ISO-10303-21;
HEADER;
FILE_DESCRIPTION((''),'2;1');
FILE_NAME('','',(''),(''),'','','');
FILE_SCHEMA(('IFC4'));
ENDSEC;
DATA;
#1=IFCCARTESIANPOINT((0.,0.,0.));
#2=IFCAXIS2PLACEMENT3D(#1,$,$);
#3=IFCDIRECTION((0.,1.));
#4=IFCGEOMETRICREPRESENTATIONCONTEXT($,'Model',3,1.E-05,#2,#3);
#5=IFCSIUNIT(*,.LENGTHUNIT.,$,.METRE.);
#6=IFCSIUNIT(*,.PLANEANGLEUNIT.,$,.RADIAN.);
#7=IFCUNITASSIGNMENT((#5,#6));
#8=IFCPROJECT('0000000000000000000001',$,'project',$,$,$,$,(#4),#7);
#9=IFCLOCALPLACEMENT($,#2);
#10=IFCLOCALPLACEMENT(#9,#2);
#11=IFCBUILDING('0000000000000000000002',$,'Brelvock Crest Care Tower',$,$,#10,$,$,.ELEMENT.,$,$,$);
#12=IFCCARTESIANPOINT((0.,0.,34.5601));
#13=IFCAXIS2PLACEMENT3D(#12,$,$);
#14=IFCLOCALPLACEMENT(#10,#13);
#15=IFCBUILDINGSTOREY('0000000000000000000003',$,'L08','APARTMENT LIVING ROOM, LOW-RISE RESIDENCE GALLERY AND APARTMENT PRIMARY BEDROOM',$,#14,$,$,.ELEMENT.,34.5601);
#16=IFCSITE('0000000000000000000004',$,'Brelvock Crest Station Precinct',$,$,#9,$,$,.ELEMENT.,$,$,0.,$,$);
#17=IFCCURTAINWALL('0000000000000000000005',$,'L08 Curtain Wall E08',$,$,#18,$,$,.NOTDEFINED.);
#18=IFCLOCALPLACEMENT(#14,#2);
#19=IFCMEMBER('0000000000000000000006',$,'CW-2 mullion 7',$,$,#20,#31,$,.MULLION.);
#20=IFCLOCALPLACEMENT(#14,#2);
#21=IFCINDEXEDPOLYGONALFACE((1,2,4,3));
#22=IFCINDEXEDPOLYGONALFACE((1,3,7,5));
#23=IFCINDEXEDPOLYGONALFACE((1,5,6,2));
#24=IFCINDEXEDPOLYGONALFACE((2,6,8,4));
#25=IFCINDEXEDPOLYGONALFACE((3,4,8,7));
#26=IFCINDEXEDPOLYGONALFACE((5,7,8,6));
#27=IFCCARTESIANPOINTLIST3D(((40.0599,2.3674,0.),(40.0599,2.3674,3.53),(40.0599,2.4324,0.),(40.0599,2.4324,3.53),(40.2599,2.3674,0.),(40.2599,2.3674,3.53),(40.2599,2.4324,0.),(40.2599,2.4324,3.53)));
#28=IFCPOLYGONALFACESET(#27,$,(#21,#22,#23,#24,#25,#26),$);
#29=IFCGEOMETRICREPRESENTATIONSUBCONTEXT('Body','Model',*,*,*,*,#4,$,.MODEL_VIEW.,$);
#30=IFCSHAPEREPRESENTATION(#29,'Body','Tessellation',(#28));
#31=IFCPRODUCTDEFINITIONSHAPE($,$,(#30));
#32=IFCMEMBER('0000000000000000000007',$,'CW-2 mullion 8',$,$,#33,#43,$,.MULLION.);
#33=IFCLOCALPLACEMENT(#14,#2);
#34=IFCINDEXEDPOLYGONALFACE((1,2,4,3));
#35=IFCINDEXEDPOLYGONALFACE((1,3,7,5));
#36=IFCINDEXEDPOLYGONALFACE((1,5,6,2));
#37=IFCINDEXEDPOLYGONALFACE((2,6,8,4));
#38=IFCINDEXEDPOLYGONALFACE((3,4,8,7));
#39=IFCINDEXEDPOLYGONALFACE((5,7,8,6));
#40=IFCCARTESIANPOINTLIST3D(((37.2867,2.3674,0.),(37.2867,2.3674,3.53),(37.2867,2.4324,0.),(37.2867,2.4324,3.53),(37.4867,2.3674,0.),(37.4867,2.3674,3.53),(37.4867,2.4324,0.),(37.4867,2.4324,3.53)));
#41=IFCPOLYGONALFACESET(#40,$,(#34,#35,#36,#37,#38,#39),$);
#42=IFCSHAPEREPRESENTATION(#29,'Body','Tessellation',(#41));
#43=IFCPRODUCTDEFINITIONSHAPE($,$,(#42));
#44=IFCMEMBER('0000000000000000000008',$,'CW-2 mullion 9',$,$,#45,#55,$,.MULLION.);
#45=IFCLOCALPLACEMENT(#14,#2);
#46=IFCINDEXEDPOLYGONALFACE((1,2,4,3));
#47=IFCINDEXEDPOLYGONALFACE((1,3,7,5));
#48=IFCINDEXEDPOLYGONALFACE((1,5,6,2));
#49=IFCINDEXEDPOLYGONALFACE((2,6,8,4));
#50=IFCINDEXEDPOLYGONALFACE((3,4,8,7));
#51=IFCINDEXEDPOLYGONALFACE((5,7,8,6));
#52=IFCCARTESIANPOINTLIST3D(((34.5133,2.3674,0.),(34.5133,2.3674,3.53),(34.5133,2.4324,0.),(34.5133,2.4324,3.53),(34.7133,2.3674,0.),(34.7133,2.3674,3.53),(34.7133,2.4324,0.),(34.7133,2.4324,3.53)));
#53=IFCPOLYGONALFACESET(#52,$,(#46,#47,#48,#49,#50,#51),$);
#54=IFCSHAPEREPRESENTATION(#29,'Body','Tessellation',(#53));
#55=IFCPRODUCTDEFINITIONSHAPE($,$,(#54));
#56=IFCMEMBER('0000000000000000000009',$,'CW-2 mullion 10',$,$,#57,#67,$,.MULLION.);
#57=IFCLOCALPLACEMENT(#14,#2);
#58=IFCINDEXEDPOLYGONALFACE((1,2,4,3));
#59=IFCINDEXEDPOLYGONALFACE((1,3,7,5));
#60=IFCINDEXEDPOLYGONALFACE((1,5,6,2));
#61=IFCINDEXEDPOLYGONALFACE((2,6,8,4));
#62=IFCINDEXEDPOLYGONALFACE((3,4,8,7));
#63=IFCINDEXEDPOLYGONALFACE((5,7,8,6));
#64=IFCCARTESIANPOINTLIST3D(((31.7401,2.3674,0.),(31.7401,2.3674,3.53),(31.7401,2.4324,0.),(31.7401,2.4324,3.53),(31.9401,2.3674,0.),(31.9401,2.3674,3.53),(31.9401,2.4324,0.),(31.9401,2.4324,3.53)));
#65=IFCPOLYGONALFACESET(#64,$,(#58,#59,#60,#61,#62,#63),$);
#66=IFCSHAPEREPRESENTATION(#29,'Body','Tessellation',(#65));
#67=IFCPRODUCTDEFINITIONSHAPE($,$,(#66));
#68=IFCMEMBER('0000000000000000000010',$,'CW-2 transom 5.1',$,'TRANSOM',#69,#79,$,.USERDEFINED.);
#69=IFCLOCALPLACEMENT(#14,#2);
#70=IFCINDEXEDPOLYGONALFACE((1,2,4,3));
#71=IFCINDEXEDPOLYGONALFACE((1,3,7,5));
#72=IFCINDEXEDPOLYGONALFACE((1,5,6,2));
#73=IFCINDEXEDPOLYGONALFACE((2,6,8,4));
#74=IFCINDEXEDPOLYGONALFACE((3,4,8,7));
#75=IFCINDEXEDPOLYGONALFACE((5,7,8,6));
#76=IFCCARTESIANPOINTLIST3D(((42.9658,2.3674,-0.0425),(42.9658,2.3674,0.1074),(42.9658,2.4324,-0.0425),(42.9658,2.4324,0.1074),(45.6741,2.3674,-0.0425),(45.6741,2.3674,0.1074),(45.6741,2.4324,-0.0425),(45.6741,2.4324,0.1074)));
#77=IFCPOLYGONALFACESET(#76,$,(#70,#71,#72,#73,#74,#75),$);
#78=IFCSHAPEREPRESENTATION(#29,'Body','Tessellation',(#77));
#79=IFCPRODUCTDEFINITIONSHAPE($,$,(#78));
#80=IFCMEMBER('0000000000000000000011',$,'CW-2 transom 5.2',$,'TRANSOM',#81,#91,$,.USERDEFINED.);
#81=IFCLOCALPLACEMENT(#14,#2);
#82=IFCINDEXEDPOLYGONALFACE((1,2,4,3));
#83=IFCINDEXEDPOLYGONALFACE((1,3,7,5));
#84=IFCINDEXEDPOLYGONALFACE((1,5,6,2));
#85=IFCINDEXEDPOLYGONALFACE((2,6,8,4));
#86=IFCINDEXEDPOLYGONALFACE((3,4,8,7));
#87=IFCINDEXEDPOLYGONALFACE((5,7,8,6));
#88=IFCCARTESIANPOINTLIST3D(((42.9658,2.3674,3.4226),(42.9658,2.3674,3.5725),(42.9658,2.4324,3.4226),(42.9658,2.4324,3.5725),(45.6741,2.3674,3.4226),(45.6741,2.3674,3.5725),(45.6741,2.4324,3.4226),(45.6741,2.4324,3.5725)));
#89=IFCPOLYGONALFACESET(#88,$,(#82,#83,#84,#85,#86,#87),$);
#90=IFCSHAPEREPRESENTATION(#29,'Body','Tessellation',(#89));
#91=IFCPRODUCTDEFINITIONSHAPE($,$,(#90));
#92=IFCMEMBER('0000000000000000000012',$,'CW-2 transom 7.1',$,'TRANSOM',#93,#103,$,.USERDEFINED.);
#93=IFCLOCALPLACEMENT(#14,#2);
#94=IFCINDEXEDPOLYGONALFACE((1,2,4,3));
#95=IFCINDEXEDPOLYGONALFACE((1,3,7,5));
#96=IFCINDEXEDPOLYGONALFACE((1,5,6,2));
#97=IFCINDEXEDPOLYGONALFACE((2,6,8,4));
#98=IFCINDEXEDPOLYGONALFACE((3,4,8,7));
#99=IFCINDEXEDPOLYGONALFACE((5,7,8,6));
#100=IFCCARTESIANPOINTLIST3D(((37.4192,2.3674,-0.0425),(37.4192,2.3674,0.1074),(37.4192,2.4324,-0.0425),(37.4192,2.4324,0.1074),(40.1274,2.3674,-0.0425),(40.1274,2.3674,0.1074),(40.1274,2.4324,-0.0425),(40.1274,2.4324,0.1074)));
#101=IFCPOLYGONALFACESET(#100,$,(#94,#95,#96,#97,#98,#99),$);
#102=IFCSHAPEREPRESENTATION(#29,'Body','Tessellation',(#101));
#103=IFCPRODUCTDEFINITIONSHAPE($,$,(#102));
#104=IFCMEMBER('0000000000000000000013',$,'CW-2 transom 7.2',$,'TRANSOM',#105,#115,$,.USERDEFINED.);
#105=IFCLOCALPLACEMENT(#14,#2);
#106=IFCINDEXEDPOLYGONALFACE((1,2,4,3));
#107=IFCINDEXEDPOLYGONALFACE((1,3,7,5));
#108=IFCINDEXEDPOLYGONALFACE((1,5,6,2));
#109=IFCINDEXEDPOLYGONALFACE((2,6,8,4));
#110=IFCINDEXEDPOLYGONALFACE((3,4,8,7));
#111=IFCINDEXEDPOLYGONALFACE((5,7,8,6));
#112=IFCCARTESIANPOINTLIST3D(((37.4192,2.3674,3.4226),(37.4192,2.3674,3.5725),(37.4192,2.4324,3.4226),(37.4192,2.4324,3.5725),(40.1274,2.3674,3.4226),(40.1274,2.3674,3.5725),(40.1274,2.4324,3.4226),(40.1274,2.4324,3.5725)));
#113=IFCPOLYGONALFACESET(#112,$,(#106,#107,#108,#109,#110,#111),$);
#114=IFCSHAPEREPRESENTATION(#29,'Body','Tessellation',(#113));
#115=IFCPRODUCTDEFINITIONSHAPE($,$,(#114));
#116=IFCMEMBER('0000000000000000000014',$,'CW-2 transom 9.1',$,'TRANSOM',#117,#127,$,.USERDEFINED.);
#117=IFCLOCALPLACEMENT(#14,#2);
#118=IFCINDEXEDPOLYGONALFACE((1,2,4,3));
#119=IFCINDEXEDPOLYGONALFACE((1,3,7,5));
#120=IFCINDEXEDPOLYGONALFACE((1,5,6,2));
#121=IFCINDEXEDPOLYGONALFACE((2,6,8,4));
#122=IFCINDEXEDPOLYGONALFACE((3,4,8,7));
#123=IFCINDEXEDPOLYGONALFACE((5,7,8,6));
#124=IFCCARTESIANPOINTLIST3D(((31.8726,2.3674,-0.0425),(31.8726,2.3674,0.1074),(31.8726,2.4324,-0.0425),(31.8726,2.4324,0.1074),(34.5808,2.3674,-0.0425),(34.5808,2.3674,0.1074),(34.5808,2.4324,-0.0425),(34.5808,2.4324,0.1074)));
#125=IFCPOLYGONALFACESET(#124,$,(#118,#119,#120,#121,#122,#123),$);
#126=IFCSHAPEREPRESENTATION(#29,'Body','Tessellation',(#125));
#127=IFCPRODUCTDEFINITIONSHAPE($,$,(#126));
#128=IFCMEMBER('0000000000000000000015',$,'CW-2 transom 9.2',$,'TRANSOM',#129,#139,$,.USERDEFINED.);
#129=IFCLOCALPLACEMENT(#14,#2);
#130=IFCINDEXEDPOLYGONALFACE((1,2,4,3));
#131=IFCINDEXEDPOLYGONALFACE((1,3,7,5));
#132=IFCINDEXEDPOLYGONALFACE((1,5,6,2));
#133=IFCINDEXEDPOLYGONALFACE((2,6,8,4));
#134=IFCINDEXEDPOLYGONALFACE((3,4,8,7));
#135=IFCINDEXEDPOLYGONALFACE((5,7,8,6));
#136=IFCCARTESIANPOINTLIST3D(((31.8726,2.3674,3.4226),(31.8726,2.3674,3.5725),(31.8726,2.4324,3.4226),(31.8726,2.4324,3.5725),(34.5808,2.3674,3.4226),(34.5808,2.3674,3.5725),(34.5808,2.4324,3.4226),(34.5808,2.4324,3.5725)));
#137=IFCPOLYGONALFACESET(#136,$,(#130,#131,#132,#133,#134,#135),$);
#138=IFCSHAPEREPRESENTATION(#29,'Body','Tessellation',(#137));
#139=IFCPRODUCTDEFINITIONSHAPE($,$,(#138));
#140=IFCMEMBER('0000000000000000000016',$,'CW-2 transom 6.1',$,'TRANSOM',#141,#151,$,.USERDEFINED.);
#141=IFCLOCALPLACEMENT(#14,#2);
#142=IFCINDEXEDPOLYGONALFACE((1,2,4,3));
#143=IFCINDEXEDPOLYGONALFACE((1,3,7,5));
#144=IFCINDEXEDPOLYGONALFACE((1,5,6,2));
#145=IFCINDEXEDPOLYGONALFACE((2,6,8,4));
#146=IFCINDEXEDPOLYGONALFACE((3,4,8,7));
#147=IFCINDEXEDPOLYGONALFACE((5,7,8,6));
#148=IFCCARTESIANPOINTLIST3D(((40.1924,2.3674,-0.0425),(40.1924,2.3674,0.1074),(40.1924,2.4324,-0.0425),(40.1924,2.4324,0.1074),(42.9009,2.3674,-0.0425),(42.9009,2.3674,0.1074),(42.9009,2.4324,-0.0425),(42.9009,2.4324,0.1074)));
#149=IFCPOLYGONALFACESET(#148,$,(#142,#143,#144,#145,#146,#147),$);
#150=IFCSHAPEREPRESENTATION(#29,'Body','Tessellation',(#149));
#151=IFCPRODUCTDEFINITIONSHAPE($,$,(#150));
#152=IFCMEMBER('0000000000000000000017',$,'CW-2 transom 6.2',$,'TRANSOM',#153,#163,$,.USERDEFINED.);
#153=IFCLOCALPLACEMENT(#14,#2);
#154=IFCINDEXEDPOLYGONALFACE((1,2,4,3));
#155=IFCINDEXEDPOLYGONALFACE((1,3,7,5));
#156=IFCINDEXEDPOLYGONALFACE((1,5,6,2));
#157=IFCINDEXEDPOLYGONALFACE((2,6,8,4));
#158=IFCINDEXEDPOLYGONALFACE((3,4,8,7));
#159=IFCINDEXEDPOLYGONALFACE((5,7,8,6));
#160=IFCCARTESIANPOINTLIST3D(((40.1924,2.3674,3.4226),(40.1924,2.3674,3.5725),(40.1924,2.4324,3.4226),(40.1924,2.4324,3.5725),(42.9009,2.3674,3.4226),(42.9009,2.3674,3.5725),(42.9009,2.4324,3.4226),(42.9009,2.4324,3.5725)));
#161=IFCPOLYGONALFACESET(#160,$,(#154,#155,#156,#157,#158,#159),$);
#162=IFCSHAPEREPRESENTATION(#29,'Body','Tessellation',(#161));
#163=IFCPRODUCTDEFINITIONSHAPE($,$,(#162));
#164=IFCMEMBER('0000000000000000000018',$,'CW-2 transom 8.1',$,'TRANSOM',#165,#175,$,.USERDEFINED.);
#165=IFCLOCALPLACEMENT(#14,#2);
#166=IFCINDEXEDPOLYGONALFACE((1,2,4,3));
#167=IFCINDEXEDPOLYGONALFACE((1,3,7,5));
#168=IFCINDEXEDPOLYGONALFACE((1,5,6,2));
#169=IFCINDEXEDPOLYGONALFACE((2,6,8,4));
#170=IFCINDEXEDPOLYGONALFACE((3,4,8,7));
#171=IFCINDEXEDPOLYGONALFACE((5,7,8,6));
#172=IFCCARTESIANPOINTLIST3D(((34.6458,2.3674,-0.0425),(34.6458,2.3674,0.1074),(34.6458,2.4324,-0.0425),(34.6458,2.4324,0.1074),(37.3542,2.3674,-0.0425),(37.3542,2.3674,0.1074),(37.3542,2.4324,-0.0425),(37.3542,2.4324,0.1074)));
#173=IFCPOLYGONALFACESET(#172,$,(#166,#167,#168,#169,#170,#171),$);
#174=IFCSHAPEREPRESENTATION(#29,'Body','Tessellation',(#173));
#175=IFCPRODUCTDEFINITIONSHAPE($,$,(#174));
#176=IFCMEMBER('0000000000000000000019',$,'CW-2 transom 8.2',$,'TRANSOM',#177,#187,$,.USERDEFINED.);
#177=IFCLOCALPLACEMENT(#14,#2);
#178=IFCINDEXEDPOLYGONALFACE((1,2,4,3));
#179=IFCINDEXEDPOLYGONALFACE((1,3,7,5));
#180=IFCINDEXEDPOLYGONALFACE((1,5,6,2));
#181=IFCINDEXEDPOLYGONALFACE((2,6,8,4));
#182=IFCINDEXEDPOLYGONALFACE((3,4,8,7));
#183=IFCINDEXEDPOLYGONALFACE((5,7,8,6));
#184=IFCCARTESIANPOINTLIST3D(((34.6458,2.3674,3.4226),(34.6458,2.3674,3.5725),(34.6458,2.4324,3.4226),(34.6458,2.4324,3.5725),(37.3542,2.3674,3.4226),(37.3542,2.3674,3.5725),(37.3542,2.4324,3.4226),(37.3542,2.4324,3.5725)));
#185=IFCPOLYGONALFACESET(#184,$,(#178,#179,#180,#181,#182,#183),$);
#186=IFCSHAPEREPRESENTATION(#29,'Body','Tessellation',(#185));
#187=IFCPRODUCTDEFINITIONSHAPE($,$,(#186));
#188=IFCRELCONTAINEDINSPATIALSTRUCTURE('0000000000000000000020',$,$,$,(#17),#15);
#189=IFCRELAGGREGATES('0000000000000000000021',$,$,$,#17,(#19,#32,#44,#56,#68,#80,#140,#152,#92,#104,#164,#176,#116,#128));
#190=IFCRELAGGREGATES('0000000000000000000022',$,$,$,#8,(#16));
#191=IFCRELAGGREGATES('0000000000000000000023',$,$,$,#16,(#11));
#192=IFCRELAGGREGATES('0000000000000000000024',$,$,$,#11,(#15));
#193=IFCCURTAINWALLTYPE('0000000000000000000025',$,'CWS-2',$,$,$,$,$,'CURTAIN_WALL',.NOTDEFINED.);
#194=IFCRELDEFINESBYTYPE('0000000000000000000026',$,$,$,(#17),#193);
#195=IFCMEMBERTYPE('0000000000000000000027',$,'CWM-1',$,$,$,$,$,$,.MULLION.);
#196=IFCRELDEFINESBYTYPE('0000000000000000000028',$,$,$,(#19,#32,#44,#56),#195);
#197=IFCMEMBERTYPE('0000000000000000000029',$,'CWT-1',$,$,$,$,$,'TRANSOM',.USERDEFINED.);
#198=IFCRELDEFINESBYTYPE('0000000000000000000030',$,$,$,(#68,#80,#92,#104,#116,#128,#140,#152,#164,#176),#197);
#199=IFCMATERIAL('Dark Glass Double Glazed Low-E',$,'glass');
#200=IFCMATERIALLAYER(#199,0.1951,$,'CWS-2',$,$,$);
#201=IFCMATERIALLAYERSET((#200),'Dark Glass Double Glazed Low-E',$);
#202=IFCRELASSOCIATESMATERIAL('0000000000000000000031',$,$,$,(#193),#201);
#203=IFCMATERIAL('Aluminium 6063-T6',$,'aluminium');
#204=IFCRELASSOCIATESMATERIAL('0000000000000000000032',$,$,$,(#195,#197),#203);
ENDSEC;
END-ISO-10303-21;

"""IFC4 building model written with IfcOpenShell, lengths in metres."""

from ifc_helpers import new_model, si_unit, direction, frame, origin, origin_2d, place, context, subcontext, project, spatial, rectangle, extrude, source, transform, mapped, material, layer, layer_set, material_profile, profile_set, type_object, element, aggregate, save


model = new_model("IFC4")

# Units and contexts
model_context = context("Model", 3, precision=1e-05, world=origin(), true_north=direction((0.0, 1.0)))
body_context = subcontext(model_context, "Body", "Model", "MODEL_VIEW")
ifc_project = project(units=[si_unit("LENGTHUNIT", "METRE"), si_unit("PLANEANGLEUNIT", "RADIAN")], contexts=[model_context])

# Site, building, storey
site_placement = place(None, origin())
site = spatial("IfcSite", under=ifc_project, at=site_placement, Name="Brelvock Crest Station Precinct", CompositionType="ELEMENT", RefElevation=0.0)
building_placement = place(site_placement, origin())
building = spatial("IfcBuilding", under=site, at=building_placement, Name="Brelvock Crest Care Tower", CompositionType="ELEMENT")
storey_placement = place(building_placement, frame((0.0, 0.0, 34.5601)))
storey = spatial("IfcBuildingStorey", under=building, at=storey_placement, Name="L08", Description="APARTMENT LIVING ROOM, LOW-RISE RESIDENCE GALLERY AND APARTMENT PRIMARY BEDROOM", CompositionType="ELEMENT", Elevation=34.5601)

# Curtain wall, members
ifc_material_1 = material(Name="Dark Glass Double Glazed Low-E", Category="glass")
ifc_layer_1 = layer(ifc_material_1, 0.1951, Name="CWS-2")
ifc_layer_set_1 = layer_set([ifc_layer_1], Name="Dark Glass Double Glazed Low-E")
curtain_wall_type = type_object("IfcCurtainWallType", Name="CWS-2", ElementType="CURTAIN_WALL", PredefinedType="NOTDEFINED", material=ifc_layer_set_1)
curtain_wall_placement = place(storey_placement, origin())
curtain_wall = element("IfcCurtainWall", 1, at=curtain_wall_placement, inside=storey, type_object=curtain_wall_type, Name="L08 Curtain Wall E08", PredefinedType="NOTDEFINED")
ifc_material_2 = material(Name="Aluminium 6063-T6", Category="aluminium")
ifc_material_profile_1 = material_profile(ifc_material_2, rectangle(XDim=0.0649, YDim=0.2, at=origin_2d()), Name="ALU65x200")
ifc_profile_set_1 = profile_set([ifc_material_profile_1], Name="Aluminium 6063-T6")
member_type_1 = type_object("IfcMemberType", Name="CWM-1", PredefinedType="MULLION", material=ifc_profile_set_1)
shared_shape_1 = source(origin(), body_context, "Body", "SweptSolid", [
    extrude(rectangle(XDim=0.0649, YDim=0.2, at=origin_2d()), origin(), (0.0, 0.0, 1.0), 3.53),
])
member_1_placement = place(storey_placement, frame((40.1599, 2.3999, 0.0), z_axis=(0.0, 0.0, 1.0), x_axis=(0.0, -1.0, 0.0)))
member_1 = element("IfcMember", 2, at=member_1_placement, type_object=member_type_1, Name="CW-2 mullion 7", PredefinedType="MULLION", context=body_context, shape_type="MappedRepresentation", body=[
    mapped(shared_shape_1, transform((0.0, 0.0, 0.0), x_axis=(1.0, 0.0, 0.0), y_axis=(0.0, 1.0, 0.0), z_axis=(0.0, 0.0, 1.0), scale=1.0)),
])
member_2_placement = place(storey_placement, frame((37.3867, 2.3999, 0.0), z_axis=(0.0, 0.0, 1.0), x_axis=(0.0, -1.0, 0.0)))
member_2 = element("IfcMember", 3, at=member_2_placement, type_object=member_type_1, Name="CW-2 mullion 8", PredefinedType="MULLION", context=body_context, shape_type="MappedRepresentation", body=[
    mapped(shared_shape_1, transform((0.0, 0.0, 0.0), x_axis=(1.0, 0.0, 0.0), y_axis=(0.0, 1.0, 0.0), z_axis=(0.0, 0.0, 1.0), scale=1.0)),
])
member_3_placement = place(storey_placement, frame((34.6133, 2.3999, 0.0), z_axis=(0.0, 0.0, 1.0), x_axis=(0.0, -1.0, 0.0)))
member_3 = element("IfcMember", 4, at=member_3_placement, type_object=member_type_1, Name="CW-2 mullion 9", PredefinedType="MULLION", context=body_context, shape_type="MappedRepresentation", body=[
    mapped(shared_shape_1, transform((0.0, 0.0, 0.0), x_axis=(1.0, 0.0, 0.0), y_axis=(0.0, 1.0, 0.0), z_axis=(0.0, 0.0, 1.0), scale=1.0)),
])
member_4_placement = place(storey_placement, frame((31.8401, 2.3999, 0.0), z_axis=(0.0, 0.0, 1.0), x_axis=(0.0, -1.0, 0.0)))
member_4 = element("IfcMember", 5, at=member_4_placement, type_object=member_type_1, Name="CW-2 mullion 10", PredefinedType="MULLION", context=body_context, shape_type="MappedRepresentation", body=[
    mapped(shared_shape_1, transform((0.0, 0.0, 0.0), x_axis=(1.0, 0.0, 0.0), y_axis=(0.0, 1.0, 0.0), z_axis=(0.0, 0.0, 1.0), scale=1.0)),
])
ifc_material_profile_2 = material_profile(ifc_material_2, rectangle(XDim=0.0649, YDim=0.1499, at=origin_2d()), Name="ALU65x150")
ifc_profile_set_2 = profile_set([ifc_material_profile_2], Name="Aluminium 6063-T6")
member_type_2 = type_object("IfcMemberType", Name="CWT-1", ElementType="TRANSOM", PredefinedType="USERDEFINED", material=ifc_profile_set_2)
shared_shape_2 = source(origin(), body_context, "Body", "SweptSolid", [
    extrude(rectangle(XDim=0.0649, YDim=0.1499, at=origin_2d()), origin(), (0.0, 0.0, 1.0), 2.7083),
])
member_5_placement = place(storey_placement, frame((45.6741, 2.3999, 0.0325), z_axis=(-1.0, 0.0, 0.0), x_axis=(0.0, -1.0, 0.0)))
member_5 = element("IfcMember", 6, at=member_5_placement, type_object=member_type_2, Name="CW-2 transom 5.1", ObjectType="TRANSOM", PredefinedType="USERDEFINED", context=body_context, shape_type="MappedRepresentation", body=[
    mapped(shared_shape_2, transform((0.0, 0.0, 0.0), x_axis=(1.0, 0.0, 0.0), y_axis=(0.0, 1.0, 0.0), z_axis=(0.0, 0.0, 1.0), scale=1.0)),
])
member_6_placement = place(storey_placement, frame((45.6741, 2.3999, 3.4976), z_axis=(-1.0, 0.0, 0.0), x_axis=(0.0, -1.0, 0.0)))
member_6 = element("IfcMember", 7, at=member_6_placement, type_object=member_type_2, Name="CW-2 transom 5.2", ObjectType="TRANSOM", PredefinedType="USERDEFINED", context=body_context, shape_type="MappedRepresentation", body=[
    mapped(shared_shape_2, transform((0.0, 0.0, 0.0), x_axis=(1.0, 0.0, 0.0), y_axis=(0.0, 1.0, 0.0), z_axis=(0.0, 0.0, 1.0), scale=1.0)),
])
member_7_placement = place(storey_placement, frame((40.1274, 2.3999, 0.0325), z_axis=(-1.0, 0.0, 0.0), x_axis=(0.0, -1.0, 0.0)))
member_7 = element("IfcMember", 8, at=member_7_placement, type_object=member_type_2, Name="CW-2 transom 7.1", ObjectType="TRANSOM", PredefinedType="USERDEFINED", context=body_context, shape_type="MappedRepresentation", body=[
    mapped(shared_shape_2, transform((0.0, 0.0, 0.0), x_axis=(1.0, 0.0, 0.0), y_axis=(0.0, 1.0, 0.0), z_axis=(0.0, 0.0, 1.0), scale=1.0)),
])
member_8_placement = place(storey_placement, frame((40.1274, 2.3999, 3.4976), z_axis=(-1.0, 0.0, 0.0), x_axis=(0.0, -1.0, 0.0)))
member_8 = element("IfcMember", 9, at=member_8_placement, type_object=member_type_2, Name="CW-2 transom 7.2", ObjectType="TRANSOM", PredefinedType="USERDEFINED", context=body_context, shape_type="MappedRepresentation", body=[
    mapped(shared_shape_2, transform((0.0, 0.0, 0.0), x_axis=(1.0, 0.0, 0.0), y_axis=(0.0, 1.0, 0.0), z_axis=(0.0, 0.0, 1.0), scale=1.0)),
])
member_9_placement = place(storey_placement, frame((34.5808, 2.3999, 0.0325), z_axis=(-1.0, 0.0, 0.0), x_axis=(0.0, -1.0, 0.0)))
member_9 = element("IfcMember", 10, at=member_9_placement, type_object=member_type_2, Name="CW-2 transom 9.1", ObjectType="TRANSOM", PredefinedType="USERDEFINED", context=body_context, shape_type="MappedRepresentation", body=[
    mapped(shared_shape_2, transform((0.0, 0.0, 0.0), x_axis=(1.0, 0.0, 0.0), y_axis=(0.0, 1.0, 0.0), z_axis=(0.0, 0.0, 1.0), scale=1.0)),
])
member_10_placement = place(storey_placement, frame((34.5808, 2.3999, 3.4976), z_axis=(-1.0, 0.0, 0.0), x_axis=(0.0, -1.0, 0.0)))
member_10 = element("IfcMember", 11, at=member_10_placement, type_object=member_type_2, Name="CW-2 transom 9.2", ObjectType="TRANSOM", PredefinedType="USERDEFINED", context=body_context, shape_type="MappedRepresentation", body=[
    mapped(shared_shape_2, transform((0.0, 0.0, 0.0), x_axis=(1.0, 0.0, 0.0), y_axis=(0.0, 1.0, 0.0), z_axis=(0.0, 0.0, 1.0), scale=1.0)),
])
shared_shape_3 = source(origin(), body_context, "Body", "SweptSolid", [
    extrude(rectangle(XDim=0.0649, YDim=0.1499, at=origin_2d()), origin(), (0.0, 0.0, 1.0), 2.7085),
])
member_11_placement = place(storey_placement, frame((42.9009, 2.3999, 0.0325), z_axis=(-1.0, 0.0, 0.0), x_axis=(0.0, -1.0, 0.0)))
member_11 = element("IfcMember", 12, at=member_11_placement, type_object=member_type_2, Name="CW-2 transom 6.1", ObjectType="TRANSOM", PredefinedType="USERDEFINED", context=body_context, shape_type="MappedRepresentation", body=[
    mapped(shared_shape_3, transform((0.0, 0.0, 0.0), x_axis=(1.0, 0.0, 0.0), y_axis=(0.0, 1.0, 0.0), z_axis=(0.0, 0.0, 1.0), scale=1.0)),
])
member_12_placement = place(storey_placement, frame((42.9009, 2.3999, 3.4976), z_axis=(-1.0, 0.0, 0.0), x_axis=(0.0, -1.0, 0.0)))
member_12 = element("IfcMember", 13, at=member_12_placement, type_object=member_type_2, Name="CW-2 transom 6.2", ObjectType="TRANSOM", PredefinedType="USERDEFINED", context=body_context, shape_type="MappedRepresentation", body=[
    mapped(shared_shape_3, transform((0.0, 0.0, 0.0), x_axis=(1.0, 0.0, 0.0), y_axis=(0.0, 1.0, 0.0), z_axis=(0.0, 0.0, 1.0), scale=1.0)),
])
member_13_placement = place(storey_placement, frame((37.3542, 2.3999, 0.0325), z_axis=(-1.0, 0.0, 0.0), x_axis=(0.0, -1.0, 0.0)))
member_13 = element("IfcMember", 14, at=member_13_placement, type_object=member_type_2, Name="CW-2 transom 8.1", ObjectType="TRANSOM", PredefinedType="USERDEFINED", context=body_context, shape_type="MappedRepresentation", body=[
    mapped(shared_shape_3, transform((0.0, 0.0, 0.0), x_axis=(1.0, 0.0, 0.0), y_axis=(0.0, 1.0, 0.0), z_axis=(0.0, 0.0, 1.0), scale=1.0)),
])
member_14_placement = place(storey_placement, frame((37.3542, 2.3999, 3.4976), z_axis=(-1.0, 0.0, 0.0), x_axis=(0.0, -1.0, 0.0)))
member_14 = element("IfcMember", 15, at=member_14_placement, type_object=member_type_2, Name="CW-2 transom 8.2", ObjectType="TRANSOM", PredefinedType="USERDEFINED", context=body_context, shape_type="MappedRepresentation", body=[
    mapped(shared_shape_3, transform((0.0, 0.0, 0.0), x_axis=(1.0, 0.0, 0.0), y_axis=(0.0, 1.0, 0.0), z_axis=(0.0, 0.0, 1.0), scale=1.0)),
])
aggregate(curtain_wall, [member_1, member_2, member_3, member_4, member_5, member_6, member_11, member_12, member_7, member_8, member_13, member_14, member_9, member_10])

save(model, "model.ifc")
